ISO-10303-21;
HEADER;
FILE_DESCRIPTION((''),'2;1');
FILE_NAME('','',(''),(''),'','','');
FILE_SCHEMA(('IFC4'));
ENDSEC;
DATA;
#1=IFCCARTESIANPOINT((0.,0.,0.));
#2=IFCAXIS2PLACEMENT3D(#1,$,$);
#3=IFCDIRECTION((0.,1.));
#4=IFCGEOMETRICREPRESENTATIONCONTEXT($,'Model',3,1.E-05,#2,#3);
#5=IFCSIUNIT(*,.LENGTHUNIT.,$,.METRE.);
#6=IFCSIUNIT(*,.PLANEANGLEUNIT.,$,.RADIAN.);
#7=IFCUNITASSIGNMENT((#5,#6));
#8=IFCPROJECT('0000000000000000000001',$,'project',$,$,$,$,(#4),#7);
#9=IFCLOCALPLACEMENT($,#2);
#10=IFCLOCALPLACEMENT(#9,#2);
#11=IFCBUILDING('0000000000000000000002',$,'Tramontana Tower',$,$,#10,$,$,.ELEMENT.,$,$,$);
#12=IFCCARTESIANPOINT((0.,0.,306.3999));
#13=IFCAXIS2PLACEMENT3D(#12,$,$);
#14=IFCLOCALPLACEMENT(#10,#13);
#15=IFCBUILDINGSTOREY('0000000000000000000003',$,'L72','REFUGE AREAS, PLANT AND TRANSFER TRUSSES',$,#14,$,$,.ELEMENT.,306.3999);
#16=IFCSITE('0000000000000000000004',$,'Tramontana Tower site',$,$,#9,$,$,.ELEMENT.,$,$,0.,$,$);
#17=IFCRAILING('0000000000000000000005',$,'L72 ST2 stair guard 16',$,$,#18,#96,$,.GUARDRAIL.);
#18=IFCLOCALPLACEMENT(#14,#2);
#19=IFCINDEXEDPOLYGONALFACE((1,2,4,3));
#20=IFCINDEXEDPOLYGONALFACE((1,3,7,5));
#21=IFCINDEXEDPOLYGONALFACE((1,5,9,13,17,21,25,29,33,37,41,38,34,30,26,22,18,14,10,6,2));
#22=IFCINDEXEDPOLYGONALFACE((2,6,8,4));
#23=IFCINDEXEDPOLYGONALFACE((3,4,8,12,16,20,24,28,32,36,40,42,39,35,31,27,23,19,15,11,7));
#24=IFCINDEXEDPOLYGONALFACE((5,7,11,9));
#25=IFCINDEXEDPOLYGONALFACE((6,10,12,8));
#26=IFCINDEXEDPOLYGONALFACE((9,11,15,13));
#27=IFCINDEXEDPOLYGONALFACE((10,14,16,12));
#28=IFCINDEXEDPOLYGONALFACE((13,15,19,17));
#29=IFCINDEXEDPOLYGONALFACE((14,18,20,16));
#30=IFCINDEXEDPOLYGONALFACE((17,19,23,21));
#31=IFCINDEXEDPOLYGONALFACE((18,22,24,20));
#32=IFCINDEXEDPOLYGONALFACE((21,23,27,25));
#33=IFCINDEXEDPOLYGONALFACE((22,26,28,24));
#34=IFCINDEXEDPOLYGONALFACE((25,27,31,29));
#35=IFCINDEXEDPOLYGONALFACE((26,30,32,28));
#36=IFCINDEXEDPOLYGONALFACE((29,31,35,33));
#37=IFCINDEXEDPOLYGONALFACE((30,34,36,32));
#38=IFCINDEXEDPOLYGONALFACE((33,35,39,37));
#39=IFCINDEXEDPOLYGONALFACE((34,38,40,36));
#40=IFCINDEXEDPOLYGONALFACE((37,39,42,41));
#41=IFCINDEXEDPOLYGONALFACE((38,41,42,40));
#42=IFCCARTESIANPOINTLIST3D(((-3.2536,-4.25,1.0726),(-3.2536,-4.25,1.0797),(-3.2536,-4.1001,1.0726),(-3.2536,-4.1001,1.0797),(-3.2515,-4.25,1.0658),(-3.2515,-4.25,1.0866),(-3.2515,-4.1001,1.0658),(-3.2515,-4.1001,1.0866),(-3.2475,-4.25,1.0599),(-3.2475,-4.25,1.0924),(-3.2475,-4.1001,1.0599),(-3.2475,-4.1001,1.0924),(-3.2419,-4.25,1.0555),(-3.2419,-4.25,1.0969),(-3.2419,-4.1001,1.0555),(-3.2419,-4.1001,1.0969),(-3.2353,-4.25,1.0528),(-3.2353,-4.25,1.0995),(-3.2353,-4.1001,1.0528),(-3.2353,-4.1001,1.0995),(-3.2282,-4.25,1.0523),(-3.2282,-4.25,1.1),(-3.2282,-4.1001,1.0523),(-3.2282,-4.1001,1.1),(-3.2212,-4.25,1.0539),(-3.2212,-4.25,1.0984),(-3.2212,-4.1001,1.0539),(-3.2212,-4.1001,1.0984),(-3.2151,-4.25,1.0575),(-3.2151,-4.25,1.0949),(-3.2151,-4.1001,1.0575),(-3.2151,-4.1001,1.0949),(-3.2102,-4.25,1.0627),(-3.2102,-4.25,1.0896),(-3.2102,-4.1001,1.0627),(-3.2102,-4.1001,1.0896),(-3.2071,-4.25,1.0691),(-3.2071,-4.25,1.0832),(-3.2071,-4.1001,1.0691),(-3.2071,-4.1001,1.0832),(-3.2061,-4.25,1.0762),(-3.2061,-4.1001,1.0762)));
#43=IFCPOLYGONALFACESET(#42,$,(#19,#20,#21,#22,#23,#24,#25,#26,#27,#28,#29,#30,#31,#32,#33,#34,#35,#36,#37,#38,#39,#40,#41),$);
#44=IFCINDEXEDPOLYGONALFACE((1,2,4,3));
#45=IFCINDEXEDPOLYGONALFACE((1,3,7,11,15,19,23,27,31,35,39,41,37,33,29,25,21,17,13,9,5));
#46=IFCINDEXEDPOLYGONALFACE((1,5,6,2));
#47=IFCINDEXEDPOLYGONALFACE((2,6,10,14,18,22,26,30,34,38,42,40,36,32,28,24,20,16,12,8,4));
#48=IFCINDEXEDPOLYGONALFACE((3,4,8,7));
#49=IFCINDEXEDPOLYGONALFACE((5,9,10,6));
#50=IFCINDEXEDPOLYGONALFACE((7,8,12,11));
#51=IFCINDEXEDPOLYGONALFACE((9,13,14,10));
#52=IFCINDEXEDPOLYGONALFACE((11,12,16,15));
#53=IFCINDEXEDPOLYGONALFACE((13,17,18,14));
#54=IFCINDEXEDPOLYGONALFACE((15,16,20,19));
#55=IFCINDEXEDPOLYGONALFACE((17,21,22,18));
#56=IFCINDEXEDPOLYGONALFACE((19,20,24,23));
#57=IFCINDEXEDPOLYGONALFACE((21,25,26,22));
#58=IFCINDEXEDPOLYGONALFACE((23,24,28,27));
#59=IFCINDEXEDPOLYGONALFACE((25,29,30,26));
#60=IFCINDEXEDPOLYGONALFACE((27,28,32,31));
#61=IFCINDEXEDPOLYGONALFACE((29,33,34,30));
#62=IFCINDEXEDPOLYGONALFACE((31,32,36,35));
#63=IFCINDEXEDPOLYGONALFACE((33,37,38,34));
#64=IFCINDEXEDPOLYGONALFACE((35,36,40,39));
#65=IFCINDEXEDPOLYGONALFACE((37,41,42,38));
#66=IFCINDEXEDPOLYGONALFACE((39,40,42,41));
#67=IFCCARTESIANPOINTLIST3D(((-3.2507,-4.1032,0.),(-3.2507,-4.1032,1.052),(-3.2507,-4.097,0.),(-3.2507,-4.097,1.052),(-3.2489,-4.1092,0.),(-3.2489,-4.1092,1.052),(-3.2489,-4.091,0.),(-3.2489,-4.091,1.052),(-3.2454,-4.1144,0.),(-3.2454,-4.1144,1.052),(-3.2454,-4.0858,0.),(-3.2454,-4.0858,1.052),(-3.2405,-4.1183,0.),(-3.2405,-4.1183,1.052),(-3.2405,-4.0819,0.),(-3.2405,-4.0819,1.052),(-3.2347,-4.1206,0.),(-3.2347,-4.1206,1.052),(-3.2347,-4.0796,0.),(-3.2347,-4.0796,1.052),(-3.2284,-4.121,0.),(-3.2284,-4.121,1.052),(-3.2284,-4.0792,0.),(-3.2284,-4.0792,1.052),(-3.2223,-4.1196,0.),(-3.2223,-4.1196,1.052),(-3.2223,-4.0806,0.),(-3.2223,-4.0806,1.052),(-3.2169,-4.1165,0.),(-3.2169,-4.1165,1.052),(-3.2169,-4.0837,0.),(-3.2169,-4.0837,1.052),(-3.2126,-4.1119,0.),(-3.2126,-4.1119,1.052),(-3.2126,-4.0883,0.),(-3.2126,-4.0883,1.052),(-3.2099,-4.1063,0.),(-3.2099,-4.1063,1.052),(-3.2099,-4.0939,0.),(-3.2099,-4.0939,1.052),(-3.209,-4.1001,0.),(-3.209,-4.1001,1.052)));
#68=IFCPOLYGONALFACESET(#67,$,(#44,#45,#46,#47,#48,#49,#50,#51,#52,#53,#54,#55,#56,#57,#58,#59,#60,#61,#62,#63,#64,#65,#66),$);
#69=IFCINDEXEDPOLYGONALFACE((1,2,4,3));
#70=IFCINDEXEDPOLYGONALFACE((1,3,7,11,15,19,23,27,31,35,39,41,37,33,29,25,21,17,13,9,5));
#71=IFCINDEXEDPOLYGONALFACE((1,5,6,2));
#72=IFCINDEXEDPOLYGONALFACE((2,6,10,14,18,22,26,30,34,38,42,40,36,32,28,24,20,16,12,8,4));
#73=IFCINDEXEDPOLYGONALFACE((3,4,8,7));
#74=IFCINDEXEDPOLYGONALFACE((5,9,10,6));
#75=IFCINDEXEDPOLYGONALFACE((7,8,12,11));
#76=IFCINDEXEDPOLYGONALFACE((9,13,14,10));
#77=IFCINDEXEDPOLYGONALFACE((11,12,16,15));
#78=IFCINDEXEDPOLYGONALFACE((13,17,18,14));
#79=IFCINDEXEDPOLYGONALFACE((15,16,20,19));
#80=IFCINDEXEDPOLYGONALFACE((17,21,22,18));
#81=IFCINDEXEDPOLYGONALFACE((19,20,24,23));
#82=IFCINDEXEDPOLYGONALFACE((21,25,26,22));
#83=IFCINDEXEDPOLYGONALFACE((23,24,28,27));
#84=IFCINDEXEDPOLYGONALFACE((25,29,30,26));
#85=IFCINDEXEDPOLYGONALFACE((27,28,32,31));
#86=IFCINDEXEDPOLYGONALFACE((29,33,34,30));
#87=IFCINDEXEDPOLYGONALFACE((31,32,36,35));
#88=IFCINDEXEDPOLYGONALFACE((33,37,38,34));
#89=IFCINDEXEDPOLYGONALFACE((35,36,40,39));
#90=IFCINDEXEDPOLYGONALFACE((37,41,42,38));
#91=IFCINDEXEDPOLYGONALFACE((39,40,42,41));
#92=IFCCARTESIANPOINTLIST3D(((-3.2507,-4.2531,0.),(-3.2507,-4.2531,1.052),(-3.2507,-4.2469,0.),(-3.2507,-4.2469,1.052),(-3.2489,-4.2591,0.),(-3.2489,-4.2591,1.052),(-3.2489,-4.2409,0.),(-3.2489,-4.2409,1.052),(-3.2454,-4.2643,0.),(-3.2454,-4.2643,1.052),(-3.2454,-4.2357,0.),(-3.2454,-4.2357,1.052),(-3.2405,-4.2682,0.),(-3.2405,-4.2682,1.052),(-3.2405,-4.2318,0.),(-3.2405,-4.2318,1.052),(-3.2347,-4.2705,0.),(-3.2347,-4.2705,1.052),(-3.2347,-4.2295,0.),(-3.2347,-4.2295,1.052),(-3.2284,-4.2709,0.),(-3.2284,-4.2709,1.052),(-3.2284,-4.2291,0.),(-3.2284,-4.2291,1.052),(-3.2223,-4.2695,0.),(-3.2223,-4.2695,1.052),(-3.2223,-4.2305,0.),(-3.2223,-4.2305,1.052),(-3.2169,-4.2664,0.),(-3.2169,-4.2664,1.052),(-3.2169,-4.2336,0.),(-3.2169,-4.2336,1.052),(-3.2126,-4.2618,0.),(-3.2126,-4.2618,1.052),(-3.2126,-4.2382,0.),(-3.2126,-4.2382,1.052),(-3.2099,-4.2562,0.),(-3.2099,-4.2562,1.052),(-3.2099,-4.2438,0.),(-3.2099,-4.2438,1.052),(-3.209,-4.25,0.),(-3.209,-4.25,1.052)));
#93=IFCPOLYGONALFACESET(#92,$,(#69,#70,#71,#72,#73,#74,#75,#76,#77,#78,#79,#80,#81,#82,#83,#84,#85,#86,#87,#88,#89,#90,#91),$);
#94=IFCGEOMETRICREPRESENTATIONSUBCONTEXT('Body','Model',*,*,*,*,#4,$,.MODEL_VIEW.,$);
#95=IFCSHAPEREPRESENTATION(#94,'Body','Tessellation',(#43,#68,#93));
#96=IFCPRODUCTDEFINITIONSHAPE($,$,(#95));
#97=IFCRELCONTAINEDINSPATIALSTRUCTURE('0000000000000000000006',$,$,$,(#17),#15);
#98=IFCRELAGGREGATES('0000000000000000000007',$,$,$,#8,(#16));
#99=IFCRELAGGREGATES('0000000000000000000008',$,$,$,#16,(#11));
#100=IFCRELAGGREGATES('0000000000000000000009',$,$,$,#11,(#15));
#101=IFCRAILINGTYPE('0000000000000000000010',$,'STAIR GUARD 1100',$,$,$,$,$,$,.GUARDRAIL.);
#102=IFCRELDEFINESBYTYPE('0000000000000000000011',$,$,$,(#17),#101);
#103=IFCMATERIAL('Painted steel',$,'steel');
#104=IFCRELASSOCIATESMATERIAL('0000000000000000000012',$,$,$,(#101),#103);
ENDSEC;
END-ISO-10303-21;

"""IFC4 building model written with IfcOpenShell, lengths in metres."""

from ifc_helpers import new_model, si_unit, direction, frame, origin, origin_2d, place, context, subcontext, project, spatial, circle, extrude, material, type_object, element, save


model = new_model("IFC4")

# Units and contexts
model_context = context("Model", 3, precision=1e-05, world=origin(), true_north=direction((0.0, 1.0)))
body_context = subcontext(model_context, "Body", "Model", "MODEL_VIEW")
ifc_project = project(units=[si_unit("LENGTHUNIT", "METRE"), si_unit("PLANEANGLEUNIT", "RADIAN")], contexts=[model_context])

# Site, building, storey
site_placement = place(None, origin())
site = spatial("IfcSite", under=ifc_project, at=site_placement, Name="Tramontana Tower site", CompositionType="ELEMENT", RefElevation=0.0)
building_placement = place(site_placement, origin())
building = spatial("IfcBuilding", under=site, at=building_placement, Name="Tramontana Tower", CompositionType="ELEMENT")
storey_placement = place(building_placement, frame((0.0, 0.0, 306.3999)))
storey = spatial("IfcBuildingStorey", under=building, at=storey_placement, Name="L72", Description="REFUGE AREAS, PLANT AND TRANSFER TRUSSES", CompositionType="ELEMENT", Elevation=306.3999)

# Railing
ifc_material_1 = material(Name="Painted steel", Category="steel")
railing_type_1 = type_object("IfcRailingType", Name="STAIR GUARD 1100", PredefinedType="GUARDRAIL", material=ifc_material_1)
for number, where, name in (
    (1, (-3.23, -4.1001, 0.0), "L72 ST2 stair guard 16"),
):
    element("IfcRailing", number, at=place(storey_placement, frame(where)), inside=storey, type_object=railing_type_1, Name=name, PredefinedType="GUARDRAIL", context=body_context, shape_type="SweptSolid", body=[
        extrude(circle(Radius=0.0239, at=origin_2d()), frame((0.0, 0.0, 1.0762), z_axis=(0.0, -1.0, 0.0), x_axis=(1.0, 0.0, 0.0)), (0.0, 0.0, 1.0), 0.1499),
        extrude(circle(Radius=0.021, at=origin_2d()), origin(), (0.0, 0.0, 1.0), 1.052),
        extrude(circle(Radius=0.021, at=origin_2d()), frame((0.0, -0.1499, 0.0)), (0.0, 0.0, 1.0), 1.052),
    ])

save(model, "model.ifc")
